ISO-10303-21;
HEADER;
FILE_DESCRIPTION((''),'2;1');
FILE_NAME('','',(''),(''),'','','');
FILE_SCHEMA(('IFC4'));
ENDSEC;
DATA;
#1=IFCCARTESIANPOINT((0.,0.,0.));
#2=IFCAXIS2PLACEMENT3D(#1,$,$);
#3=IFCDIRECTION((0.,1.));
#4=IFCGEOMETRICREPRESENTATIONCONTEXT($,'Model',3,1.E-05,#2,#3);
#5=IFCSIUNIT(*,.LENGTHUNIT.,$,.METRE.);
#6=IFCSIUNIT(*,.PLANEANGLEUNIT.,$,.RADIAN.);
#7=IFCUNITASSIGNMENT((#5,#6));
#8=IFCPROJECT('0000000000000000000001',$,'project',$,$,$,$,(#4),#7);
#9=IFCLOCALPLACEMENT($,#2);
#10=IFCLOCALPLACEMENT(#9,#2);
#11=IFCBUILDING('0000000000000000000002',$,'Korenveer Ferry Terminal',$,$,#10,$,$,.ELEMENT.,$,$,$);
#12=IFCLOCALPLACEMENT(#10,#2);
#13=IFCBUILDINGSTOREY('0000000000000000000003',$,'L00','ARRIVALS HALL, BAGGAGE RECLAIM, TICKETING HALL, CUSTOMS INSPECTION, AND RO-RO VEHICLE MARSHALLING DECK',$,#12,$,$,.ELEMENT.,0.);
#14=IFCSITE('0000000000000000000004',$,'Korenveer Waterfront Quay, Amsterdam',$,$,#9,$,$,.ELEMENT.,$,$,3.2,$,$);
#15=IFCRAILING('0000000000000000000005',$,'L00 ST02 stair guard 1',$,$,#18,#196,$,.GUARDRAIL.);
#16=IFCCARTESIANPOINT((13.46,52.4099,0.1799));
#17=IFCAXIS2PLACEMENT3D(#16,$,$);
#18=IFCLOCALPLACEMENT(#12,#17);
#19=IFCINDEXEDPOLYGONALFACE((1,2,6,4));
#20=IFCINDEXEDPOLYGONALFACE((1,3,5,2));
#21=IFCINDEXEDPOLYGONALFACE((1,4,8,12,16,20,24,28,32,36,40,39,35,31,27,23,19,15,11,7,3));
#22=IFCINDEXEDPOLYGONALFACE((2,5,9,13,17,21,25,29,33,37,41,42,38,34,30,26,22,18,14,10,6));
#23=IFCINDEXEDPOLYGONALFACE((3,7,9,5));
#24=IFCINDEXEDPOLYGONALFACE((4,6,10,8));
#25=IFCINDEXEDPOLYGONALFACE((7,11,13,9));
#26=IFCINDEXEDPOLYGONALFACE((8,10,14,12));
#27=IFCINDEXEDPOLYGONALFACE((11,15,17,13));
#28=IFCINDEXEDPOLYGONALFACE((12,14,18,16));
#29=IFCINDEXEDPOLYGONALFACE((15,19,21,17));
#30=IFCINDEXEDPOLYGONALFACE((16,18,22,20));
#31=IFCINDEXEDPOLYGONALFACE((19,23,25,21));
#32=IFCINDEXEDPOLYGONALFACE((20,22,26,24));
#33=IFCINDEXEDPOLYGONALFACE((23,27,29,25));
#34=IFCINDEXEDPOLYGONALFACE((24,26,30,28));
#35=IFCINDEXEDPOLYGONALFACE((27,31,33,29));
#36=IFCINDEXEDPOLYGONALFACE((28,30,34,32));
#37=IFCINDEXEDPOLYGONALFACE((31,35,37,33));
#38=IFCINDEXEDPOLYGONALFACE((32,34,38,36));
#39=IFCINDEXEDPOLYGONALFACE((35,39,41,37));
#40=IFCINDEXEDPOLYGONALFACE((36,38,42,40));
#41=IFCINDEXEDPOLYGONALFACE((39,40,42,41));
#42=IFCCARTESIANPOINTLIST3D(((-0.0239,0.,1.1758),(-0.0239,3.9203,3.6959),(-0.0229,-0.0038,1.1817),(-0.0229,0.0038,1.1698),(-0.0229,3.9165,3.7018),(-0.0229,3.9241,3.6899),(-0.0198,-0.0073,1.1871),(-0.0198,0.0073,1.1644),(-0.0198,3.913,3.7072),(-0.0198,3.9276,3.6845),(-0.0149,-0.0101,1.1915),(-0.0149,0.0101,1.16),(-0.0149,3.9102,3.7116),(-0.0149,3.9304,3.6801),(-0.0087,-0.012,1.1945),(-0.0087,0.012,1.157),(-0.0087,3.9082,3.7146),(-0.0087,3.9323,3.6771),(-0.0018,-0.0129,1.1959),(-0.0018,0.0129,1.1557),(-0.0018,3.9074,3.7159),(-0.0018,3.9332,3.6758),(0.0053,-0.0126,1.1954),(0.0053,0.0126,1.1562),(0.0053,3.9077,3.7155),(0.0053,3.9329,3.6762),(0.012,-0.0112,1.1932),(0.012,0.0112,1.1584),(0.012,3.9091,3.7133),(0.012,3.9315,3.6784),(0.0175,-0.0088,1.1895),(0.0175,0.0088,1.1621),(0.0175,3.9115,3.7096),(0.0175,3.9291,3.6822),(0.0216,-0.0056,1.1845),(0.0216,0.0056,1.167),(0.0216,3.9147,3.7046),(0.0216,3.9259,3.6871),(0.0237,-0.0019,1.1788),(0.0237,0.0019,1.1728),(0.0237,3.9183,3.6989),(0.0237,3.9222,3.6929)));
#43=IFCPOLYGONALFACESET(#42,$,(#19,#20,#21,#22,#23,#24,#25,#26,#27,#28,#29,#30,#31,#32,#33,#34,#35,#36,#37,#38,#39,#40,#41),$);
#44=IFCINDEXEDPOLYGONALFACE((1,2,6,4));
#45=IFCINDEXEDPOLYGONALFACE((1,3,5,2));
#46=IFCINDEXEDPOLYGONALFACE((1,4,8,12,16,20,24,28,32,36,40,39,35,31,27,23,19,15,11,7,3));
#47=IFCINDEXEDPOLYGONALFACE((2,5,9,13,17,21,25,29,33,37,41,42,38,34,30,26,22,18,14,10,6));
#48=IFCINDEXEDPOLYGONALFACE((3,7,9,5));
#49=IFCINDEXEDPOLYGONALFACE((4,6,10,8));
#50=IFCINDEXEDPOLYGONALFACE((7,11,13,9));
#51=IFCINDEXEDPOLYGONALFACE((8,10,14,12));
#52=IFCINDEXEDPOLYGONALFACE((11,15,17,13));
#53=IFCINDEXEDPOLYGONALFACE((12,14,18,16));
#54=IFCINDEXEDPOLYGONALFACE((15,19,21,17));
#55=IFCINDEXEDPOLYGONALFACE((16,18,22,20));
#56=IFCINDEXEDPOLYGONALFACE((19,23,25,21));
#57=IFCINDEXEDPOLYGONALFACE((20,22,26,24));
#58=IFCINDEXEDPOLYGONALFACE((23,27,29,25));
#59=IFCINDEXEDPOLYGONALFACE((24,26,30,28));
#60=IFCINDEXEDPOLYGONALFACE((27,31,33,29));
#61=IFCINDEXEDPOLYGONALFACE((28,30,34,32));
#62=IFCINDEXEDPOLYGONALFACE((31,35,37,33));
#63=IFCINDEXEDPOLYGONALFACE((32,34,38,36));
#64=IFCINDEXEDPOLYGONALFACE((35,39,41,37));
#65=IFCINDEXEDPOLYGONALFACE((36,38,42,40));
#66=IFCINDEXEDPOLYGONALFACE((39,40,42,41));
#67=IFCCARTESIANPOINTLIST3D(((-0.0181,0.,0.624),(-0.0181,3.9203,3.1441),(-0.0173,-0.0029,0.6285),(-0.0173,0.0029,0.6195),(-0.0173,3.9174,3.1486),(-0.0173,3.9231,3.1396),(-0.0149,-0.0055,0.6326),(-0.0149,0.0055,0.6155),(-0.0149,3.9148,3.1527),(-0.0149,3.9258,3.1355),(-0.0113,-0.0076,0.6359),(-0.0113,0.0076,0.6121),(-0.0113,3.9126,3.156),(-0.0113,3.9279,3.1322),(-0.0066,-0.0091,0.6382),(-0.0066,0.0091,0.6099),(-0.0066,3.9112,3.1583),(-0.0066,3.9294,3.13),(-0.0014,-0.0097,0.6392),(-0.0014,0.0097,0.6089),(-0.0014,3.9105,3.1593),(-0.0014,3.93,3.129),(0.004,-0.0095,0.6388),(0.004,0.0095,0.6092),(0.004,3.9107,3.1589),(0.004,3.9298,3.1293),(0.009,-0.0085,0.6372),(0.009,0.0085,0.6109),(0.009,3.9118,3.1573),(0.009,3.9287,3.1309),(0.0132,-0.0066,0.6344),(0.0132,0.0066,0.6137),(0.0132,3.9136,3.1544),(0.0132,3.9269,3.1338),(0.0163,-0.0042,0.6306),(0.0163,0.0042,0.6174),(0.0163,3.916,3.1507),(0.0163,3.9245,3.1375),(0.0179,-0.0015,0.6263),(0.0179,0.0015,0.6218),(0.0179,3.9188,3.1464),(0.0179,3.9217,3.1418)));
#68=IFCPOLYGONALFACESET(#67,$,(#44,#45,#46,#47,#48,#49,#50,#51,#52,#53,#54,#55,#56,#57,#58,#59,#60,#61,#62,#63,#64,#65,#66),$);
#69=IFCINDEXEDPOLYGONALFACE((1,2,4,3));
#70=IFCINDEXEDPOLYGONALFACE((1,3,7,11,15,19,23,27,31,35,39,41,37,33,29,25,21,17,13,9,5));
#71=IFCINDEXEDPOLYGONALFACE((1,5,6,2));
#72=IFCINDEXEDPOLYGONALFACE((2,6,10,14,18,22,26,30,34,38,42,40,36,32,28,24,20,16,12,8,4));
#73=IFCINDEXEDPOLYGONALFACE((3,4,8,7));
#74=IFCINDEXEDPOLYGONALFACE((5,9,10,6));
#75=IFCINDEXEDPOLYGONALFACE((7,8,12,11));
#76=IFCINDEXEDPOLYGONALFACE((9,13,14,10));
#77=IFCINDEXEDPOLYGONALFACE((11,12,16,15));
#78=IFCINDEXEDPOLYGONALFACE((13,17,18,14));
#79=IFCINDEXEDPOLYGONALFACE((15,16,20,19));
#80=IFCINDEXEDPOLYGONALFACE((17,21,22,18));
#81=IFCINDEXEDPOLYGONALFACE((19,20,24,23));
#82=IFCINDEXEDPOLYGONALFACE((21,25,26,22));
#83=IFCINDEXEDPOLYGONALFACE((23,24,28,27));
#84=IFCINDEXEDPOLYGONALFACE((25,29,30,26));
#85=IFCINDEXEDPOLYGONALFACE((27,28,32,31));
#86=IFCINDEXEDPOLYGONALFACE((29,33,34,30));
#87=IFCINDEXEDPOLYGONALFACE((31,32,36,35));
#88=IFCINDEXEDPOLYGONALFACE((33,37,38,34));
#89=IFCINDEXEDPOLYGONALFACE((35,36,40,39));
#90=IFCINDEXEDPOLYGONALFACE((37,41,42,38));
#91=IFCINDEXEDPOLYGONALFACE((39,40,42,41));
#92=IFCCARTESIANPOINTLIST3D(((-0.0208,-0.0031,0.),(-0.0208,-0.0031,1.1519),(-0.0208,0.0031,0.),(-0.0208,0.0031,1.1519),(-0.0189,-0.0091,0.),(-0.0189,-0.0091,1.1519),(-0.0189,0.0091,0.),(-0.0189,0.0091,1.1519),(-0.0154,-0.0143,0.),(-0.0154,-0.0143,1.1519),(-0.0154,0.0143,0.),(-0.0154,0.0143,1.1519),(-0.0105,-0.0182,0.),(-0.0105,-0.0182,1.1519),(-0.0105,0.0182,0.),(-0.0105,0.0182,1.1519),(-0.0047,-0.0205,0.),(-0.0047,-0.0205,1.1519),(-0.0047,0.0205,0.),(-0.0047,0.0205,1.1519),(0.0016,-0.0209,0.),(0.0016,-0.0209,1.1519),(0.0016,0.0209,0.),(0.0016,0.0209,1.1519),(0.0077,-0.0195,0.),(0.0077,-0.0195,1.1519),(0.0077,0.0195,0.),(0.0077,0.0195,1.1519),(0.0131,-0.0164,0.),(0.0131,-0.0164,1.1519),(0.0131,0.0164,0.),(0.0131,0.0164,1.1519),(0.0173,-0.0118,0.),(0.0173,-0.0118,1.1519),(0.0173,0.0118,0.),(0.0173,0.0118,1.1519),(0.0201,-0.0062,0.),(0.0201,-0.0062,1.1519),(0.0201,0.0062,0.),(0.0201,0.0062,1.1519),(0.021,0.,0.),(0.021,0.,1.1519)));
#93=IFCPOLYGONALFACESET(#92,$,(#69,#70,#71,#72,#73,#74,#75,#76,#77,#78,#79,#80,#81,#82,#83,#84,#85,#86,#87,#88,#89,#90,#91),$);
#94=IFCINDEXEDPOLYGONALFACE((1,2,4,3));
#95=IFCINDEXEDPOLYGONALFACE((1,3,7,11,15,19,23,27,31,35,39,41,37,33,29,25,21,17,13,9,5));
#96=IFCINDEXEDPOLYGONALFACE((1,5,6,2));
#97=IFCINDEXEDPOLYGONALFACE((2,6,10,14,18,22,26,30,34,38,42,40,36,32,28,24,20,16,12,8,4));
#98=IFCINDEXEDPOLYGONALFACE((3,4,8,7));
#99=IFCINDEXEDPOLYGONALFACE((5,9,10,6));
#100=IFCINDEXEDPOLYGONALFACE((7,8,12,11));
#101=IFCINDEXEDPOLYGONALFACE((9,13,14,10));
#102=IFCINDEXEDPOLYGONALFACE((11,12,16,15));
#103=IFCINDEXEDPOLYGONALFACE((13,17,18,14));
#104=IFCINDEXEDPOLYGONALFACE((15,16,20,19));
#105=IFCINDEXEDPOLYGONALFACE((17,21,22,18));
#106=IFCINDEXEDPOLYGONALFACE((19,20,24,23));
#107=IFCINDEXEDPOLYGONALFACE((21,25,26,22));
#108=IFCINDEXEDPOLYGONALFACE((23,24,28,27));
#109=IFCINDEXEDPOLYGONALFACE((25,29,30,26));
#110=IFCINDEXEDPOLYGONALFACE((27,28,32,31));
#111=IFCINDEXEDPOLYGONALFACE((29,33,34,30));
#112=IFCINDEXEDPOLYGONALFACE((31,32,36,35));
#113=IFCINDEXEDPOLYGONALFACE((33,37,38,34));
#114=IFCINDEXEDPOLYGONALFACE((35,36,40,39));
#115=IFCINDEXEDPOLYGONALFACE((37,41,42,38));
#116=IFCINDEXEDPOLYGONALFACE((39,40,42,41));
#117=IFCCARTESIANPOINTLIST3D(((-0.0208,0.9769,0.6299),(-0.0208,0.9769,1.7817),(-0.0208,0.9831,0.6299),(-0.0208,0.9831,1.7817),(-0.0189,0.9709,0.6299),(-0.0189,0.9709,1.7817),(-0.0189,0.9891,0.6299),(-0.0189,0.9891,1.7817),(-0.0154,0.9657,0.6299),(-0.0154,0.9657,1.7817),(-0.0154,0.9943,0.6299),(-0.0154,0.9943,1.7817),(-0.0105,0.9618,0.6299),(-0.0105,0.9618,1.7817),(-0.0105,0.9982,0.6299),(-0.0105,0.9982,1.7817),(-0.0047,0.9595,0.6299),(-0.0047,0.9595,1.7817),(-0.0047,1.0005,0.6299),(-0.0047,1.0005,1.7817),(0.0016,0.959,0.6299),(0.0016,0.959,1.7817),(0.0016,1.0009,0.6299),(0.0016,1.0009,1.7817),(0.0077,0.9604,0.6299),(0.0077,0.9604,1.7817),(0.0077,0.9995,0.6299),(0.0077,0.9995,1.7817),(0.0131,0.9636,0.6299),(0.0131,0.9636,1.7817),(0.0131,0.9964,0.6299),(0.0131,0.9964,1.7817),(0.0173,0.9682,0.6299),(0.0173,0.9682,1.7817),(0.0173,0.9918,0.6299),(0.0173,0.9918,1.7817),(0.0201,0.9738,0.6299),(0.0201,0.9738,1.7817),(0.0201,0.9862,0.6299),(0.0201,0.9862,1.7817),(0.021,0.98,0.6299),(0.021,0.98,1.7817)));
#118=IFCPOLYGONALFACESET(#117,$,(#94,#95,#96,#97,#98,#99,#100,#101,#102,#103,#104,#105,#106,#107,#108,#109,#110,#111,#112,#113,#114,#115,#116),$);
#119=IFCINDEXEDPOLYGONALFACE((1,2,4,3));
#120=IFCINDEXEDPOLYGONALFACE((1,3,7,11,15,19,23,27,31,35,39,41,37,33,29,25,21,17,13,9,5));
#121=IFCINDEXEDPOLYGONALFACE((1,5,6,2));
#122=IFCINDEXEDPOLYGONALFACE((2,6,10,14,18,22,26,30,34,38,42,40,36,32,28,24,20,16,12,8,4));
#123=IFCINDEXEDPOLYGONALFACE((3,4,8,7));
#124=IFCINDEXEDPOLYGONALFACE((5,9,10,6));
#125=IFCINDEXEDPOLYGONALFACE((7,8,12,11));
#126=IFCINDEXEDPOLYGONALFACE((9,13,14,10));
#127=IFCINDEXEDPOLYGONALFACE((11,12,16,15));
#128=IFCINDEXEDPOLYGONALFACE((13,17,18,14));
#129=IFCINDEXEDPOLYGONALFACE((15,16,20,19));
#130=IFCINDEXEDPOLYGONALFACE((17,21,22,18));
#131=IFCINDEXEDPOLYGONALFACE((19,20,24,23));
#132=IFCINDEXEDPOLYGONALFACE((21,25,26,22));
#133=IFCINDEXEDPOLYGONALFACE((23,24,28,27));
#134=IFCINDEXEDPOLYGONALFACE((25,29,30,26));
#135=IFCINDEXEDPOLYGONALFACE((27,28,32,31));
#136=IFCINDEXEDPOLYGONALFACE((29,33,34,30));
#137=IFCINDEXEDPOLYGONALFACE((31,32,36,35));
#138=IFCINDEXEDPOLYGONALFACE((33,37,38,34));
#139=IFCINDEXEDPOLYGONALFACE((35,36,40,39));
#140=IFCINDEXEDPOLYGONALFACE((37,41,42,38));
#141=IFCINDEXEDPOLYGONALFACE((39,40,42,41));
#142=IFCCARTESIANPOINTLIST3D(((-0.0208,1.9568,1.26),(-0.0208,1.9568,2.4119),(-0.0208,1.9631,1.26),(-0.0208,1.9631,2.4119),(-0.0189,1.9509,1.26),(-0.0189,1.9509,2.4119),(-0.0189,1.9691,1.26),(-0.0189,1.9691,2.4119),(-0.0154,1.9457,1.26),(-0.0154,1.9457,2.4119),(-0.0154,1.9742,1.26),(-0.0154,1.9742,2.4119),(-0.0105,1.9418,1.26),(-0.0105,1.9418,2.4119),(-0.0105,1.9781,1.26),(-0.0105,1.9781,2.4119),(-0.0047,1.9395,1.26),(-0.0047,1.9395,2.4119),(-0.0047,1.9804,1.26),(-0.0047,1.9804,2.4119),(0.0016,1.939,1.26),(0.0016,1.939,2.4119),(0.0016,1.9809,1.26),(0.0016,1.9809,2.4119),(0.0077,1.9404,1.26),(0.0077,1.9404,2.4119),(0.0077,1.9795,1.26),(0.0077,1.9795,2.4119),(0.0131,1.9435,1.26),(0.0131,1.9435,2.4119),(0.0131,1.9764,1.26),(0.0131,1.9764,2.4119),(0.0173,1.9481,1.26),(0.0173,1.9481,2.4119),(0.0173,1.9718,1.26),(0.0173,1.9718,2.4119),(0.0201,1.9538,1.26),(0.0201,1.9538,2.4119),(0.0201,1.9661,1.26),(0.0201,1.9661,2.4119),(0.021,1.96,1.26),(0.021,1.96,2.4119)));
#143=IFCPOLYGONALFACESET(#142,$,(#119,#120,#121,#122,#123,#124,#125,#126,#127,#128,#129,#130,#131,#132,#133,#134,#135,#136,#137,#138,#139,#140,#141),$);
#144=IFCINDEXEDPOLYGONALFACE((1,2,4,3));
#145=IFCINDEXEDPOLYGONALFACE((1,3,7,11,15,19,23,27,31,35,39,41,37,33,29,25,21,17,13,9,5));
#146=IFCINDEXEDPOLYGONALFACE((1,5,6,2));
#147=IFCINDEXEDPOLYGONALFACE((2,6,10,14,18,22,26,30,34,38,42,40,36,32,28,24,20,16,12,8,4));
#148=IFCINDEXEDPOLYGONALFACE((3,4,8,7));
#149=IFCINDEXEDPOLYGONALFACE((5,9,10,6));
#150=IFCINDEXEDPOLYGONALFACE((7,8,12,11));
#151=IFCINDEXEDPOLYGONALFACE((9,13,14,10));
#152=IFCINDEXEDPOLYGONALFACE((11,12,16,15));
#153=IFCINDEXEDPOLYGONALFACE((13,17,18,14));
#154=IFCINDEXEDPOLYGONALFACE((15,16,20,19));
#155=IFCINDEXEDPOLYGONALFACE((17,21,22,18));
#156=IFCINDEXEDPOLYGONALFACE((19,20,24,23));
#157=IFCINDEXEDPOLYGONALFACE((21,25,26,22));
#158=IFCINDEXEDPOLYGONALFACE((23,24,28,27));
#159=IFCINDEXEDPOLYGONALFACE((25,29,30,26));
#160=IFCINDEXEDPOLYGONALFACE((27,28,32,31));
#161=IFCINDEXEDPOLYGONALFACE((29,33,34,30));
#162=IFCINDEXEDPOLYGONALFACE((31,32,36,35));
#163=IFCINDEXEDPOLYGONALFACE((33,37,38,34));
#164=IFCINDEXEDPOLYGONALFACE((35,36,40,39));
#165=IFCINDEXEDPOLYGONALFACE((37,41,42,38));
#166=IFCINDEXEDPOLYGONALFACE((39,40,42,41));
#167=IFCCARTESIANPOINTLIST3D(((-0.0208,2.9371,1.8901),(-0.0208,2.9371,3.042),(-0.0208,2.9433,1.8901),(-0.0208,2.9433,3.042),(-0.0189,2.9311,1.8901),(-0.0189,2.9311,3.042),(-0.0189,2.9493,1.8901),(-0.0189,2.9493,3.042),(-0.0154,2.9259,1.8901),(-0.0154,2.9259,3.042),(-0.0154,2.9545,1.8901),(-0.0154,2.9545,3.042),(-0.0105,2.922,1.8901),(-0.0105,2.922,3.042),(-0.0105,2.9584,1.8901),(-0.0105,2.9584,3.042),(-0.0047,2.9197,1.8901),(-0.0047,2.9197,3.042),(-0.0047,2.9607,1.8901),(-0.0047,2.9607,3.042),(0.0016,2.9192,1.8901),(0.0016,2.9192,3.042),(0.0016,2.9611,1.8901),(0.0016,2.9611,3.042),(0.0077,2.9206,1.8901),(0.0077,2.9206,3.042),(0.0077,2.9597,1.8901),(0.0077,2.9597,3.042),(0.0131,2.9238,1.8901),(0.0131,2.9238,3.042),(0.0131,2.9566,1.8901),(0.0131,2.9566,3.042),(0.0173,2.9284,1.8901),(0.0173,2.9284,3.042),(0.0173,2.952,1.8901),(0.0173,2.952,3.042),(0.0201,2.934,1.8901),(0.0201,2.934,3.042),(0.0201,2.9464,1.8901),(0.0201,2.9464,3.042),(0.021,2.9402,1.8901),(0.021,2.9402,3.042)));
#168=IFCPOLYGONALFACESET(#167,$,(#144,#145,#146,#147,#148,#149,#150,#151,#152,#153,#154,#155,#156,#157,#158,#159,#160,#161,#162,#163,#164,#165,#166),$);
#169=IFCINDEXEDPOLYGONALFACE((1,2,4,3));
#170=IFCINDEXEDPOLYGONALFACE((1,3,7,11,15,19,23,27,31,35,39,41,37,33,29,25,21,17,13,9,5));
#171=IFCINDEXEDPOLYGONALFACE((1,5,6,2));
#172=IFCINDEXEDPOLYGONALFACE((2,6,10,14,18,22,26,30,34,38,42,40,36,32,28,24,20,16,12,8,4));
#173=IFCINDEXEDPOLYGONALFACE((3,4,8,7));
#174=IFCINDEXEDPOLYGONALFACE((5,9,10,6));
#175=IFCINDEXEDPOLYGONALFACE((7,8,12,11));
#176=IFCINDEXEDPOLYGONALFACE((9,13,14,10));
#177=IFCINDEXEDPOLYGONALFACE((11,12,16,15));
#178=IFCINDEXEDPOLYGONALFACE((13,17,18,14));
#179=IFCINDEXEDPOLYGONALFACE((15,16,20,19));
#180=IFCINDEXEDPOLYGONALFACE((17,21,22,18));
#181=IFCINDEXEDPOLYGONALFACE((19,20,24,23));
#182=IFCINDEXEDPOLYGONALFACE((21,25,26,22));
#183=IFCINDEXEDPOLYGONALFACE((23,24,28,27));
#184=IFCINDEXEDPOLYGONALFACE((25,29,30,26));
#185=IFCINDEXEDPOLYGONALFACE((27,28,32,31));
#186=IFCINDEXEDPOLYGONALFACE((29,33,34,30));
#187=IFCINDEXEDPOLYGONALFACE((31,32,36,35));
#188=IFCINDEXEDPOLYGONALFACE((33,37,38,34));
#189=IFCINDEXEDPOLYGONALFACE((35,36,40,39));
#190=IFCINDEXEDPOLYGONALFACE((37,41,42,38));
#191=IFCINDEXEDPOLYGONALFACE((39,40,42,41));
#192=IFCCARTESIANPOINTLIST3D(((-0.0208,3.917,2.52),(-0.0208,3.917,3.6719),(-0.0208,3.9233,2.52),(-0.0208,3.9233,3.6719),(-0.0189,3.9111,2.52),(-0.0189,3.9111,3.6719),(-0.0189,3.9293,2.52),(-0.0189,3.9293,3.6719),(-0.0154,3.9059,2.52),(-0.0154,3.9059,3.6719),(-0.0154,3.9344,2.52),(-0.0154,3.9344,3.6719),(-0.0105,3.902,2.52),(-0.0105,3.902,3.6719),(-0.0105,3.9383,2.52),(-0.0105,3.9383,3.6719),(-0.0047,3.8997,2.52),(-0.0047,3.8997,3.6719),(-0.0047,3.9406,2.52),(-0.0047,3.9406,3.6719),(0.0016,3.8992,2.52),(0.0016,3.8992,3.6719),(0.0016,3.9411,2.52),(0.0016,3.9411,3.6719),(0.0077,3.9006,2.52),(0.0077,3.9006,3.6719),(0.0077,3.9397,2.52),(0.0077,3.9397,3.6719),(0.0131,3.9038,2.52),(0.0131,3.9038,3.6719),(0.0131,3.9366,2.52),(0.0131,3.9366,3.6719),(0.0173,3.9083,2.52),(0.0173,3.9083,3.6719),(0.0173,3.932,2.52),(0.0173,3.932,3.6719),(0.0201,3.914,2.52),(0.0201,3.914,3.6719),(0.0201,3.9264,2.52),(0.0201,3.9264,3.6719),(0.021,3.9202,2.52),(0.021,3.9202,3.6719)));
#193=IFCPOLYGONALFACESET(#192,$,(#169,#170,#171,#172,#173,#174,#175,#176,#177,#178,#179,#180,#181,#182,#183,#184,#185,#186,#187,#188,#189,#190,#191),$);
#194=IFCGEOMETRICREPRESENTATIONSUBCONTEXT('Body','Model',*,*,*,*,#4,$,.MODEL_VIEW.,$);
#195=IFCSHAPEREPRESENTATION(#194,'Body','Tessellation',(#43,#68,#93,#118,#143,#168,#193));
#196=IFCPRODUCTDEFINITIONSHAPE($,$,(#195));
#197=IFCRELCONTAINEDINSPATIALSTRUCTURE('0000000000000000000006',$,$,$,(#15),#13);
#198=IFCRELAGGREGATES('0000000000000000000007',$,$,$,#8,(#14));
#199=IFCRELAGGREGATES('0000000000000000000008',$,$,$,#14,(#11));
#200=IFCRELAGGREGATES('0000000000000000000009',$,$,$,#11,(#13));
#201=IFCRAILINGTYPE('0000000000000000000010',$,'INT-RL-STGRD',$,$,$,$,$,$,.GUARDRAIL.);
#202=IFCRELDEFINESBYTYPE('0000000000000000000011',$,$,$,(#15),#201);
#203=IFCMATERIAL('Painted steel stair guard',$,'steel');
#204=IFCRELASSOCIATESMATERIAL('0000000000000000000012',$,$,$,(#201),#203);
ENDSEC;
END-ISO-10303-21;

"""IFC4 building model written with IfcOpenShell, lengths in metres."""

from ifc_helpers import new_model, si_unit, direction, frame, origin, origin_2d, place, context, subcontext, project, spatial, circle, extrude, material, type_object, element, save


model = new_model("IFC4")

# Units and contexts
model_context = context("Model", 3, precision=1e-05, world=origin(), true_north=direction((0.0, 1.0)))
body_context = subcontext(model_context, "Body", "Model", "MODEL_VIEW")
ifc_project = project(units=[si_unit("LENGTHUNIT", "METRE"), si_unit("PLANEANGLEUNIT", "RADIAN")], contexts=[model_context])

# Site, building, storey
site_placement = place(None, origin())
site = spatial("IfcSite", under=ifc_project, at=site_placement, Name="Korenveer Waterfront Quay, Amsterdam", CompositionType="ELEMENT", RefElevation=3.2)
building_placement = place(site_placement, origin())
building = spatial("IfcBuilding", under=site, at=building_placement, Name="Korenveer Ferry Terminal", CompositionType="ELEMENT")
storey_placement = place(building_placement, origin())
storey = spatial("IfcBuildingStorey", under=building, at=storey_placement, Name="L00", Description="ARRIVALS HALL, BAGGAGE RECLAIM, TICKETING HALL, CUSTOMS INSPECTION, AND RO-RO VEHICLE MARSHALLING DECK", CompositionType="ELEMENT", Elevation=0.0)

# Railing
ifc_material_1 = material(Name="Painted steel stair guard", Category="steel")
railing_type_1 = type_object("IfcRailingType", Name="INT-RL-STGRD", PredefinedType="GUARDRAIL", material=ifc_material_1)
railing_1_placement = place(storey_placement, frame((13.46, 52.4099, 0.1799)))
element("IfcRailing", 1, at=railing_1_placement, inside=storey, type_object=railing_type_1, Name="L00 ST02 stair guard 1", PredefinedType="GUARDRAIL", context=body_context, shape_type="SweptSolid", body=[
    extrude(circle(Radius=0.0239, at=origin_2d()), frame((0.0, 0.0, 1.1758), z_axis=(0.0, 0.841187, 0.540744), x_axis=(-1.0, 0.0, 0.0)), (0.0, 0.0, 1.0), 4.6604),
    extrude(circle(Radius=0.0181, at=origin_2d()), frame((0.0, 0.0, 0.624), z_axis=(0.0, 0.841187, 0.540744), x_axis=(-1.0, 0.0, 0.0)), (0.0, 0.0, 1.0), 4.6604),
    extrude(circle(Radius=0.021, at=origin_2d()), origin(), (0.0, 0.0, 1.0), 1.1519),
    extrude(circle(Radius=0.021, at=origin_2d()), frame((0.0, 0.98, 0.6299)), (0.0, 0.0, 1.0), 1.1519),
    extrude(circle(Radius=0.021, at=origin_2d()), frame((0.0, 1.96, 1.26)), (0.0, 0.0, 1.0), 1.1519),
    extrude(circle(Radius=0.021, at=origin_2d()), frame((0.0, 2.9402, 1.8901)), (0.0, 0.0, 1.0), 1.1519),
    extrude(circle(Radius=0.021, at=origin_2d()), frame((0.0, 3.9202, 2.52)), (0.0, 0.0, 1.0), 1.1519),
])

save(model, "model.ifc")
